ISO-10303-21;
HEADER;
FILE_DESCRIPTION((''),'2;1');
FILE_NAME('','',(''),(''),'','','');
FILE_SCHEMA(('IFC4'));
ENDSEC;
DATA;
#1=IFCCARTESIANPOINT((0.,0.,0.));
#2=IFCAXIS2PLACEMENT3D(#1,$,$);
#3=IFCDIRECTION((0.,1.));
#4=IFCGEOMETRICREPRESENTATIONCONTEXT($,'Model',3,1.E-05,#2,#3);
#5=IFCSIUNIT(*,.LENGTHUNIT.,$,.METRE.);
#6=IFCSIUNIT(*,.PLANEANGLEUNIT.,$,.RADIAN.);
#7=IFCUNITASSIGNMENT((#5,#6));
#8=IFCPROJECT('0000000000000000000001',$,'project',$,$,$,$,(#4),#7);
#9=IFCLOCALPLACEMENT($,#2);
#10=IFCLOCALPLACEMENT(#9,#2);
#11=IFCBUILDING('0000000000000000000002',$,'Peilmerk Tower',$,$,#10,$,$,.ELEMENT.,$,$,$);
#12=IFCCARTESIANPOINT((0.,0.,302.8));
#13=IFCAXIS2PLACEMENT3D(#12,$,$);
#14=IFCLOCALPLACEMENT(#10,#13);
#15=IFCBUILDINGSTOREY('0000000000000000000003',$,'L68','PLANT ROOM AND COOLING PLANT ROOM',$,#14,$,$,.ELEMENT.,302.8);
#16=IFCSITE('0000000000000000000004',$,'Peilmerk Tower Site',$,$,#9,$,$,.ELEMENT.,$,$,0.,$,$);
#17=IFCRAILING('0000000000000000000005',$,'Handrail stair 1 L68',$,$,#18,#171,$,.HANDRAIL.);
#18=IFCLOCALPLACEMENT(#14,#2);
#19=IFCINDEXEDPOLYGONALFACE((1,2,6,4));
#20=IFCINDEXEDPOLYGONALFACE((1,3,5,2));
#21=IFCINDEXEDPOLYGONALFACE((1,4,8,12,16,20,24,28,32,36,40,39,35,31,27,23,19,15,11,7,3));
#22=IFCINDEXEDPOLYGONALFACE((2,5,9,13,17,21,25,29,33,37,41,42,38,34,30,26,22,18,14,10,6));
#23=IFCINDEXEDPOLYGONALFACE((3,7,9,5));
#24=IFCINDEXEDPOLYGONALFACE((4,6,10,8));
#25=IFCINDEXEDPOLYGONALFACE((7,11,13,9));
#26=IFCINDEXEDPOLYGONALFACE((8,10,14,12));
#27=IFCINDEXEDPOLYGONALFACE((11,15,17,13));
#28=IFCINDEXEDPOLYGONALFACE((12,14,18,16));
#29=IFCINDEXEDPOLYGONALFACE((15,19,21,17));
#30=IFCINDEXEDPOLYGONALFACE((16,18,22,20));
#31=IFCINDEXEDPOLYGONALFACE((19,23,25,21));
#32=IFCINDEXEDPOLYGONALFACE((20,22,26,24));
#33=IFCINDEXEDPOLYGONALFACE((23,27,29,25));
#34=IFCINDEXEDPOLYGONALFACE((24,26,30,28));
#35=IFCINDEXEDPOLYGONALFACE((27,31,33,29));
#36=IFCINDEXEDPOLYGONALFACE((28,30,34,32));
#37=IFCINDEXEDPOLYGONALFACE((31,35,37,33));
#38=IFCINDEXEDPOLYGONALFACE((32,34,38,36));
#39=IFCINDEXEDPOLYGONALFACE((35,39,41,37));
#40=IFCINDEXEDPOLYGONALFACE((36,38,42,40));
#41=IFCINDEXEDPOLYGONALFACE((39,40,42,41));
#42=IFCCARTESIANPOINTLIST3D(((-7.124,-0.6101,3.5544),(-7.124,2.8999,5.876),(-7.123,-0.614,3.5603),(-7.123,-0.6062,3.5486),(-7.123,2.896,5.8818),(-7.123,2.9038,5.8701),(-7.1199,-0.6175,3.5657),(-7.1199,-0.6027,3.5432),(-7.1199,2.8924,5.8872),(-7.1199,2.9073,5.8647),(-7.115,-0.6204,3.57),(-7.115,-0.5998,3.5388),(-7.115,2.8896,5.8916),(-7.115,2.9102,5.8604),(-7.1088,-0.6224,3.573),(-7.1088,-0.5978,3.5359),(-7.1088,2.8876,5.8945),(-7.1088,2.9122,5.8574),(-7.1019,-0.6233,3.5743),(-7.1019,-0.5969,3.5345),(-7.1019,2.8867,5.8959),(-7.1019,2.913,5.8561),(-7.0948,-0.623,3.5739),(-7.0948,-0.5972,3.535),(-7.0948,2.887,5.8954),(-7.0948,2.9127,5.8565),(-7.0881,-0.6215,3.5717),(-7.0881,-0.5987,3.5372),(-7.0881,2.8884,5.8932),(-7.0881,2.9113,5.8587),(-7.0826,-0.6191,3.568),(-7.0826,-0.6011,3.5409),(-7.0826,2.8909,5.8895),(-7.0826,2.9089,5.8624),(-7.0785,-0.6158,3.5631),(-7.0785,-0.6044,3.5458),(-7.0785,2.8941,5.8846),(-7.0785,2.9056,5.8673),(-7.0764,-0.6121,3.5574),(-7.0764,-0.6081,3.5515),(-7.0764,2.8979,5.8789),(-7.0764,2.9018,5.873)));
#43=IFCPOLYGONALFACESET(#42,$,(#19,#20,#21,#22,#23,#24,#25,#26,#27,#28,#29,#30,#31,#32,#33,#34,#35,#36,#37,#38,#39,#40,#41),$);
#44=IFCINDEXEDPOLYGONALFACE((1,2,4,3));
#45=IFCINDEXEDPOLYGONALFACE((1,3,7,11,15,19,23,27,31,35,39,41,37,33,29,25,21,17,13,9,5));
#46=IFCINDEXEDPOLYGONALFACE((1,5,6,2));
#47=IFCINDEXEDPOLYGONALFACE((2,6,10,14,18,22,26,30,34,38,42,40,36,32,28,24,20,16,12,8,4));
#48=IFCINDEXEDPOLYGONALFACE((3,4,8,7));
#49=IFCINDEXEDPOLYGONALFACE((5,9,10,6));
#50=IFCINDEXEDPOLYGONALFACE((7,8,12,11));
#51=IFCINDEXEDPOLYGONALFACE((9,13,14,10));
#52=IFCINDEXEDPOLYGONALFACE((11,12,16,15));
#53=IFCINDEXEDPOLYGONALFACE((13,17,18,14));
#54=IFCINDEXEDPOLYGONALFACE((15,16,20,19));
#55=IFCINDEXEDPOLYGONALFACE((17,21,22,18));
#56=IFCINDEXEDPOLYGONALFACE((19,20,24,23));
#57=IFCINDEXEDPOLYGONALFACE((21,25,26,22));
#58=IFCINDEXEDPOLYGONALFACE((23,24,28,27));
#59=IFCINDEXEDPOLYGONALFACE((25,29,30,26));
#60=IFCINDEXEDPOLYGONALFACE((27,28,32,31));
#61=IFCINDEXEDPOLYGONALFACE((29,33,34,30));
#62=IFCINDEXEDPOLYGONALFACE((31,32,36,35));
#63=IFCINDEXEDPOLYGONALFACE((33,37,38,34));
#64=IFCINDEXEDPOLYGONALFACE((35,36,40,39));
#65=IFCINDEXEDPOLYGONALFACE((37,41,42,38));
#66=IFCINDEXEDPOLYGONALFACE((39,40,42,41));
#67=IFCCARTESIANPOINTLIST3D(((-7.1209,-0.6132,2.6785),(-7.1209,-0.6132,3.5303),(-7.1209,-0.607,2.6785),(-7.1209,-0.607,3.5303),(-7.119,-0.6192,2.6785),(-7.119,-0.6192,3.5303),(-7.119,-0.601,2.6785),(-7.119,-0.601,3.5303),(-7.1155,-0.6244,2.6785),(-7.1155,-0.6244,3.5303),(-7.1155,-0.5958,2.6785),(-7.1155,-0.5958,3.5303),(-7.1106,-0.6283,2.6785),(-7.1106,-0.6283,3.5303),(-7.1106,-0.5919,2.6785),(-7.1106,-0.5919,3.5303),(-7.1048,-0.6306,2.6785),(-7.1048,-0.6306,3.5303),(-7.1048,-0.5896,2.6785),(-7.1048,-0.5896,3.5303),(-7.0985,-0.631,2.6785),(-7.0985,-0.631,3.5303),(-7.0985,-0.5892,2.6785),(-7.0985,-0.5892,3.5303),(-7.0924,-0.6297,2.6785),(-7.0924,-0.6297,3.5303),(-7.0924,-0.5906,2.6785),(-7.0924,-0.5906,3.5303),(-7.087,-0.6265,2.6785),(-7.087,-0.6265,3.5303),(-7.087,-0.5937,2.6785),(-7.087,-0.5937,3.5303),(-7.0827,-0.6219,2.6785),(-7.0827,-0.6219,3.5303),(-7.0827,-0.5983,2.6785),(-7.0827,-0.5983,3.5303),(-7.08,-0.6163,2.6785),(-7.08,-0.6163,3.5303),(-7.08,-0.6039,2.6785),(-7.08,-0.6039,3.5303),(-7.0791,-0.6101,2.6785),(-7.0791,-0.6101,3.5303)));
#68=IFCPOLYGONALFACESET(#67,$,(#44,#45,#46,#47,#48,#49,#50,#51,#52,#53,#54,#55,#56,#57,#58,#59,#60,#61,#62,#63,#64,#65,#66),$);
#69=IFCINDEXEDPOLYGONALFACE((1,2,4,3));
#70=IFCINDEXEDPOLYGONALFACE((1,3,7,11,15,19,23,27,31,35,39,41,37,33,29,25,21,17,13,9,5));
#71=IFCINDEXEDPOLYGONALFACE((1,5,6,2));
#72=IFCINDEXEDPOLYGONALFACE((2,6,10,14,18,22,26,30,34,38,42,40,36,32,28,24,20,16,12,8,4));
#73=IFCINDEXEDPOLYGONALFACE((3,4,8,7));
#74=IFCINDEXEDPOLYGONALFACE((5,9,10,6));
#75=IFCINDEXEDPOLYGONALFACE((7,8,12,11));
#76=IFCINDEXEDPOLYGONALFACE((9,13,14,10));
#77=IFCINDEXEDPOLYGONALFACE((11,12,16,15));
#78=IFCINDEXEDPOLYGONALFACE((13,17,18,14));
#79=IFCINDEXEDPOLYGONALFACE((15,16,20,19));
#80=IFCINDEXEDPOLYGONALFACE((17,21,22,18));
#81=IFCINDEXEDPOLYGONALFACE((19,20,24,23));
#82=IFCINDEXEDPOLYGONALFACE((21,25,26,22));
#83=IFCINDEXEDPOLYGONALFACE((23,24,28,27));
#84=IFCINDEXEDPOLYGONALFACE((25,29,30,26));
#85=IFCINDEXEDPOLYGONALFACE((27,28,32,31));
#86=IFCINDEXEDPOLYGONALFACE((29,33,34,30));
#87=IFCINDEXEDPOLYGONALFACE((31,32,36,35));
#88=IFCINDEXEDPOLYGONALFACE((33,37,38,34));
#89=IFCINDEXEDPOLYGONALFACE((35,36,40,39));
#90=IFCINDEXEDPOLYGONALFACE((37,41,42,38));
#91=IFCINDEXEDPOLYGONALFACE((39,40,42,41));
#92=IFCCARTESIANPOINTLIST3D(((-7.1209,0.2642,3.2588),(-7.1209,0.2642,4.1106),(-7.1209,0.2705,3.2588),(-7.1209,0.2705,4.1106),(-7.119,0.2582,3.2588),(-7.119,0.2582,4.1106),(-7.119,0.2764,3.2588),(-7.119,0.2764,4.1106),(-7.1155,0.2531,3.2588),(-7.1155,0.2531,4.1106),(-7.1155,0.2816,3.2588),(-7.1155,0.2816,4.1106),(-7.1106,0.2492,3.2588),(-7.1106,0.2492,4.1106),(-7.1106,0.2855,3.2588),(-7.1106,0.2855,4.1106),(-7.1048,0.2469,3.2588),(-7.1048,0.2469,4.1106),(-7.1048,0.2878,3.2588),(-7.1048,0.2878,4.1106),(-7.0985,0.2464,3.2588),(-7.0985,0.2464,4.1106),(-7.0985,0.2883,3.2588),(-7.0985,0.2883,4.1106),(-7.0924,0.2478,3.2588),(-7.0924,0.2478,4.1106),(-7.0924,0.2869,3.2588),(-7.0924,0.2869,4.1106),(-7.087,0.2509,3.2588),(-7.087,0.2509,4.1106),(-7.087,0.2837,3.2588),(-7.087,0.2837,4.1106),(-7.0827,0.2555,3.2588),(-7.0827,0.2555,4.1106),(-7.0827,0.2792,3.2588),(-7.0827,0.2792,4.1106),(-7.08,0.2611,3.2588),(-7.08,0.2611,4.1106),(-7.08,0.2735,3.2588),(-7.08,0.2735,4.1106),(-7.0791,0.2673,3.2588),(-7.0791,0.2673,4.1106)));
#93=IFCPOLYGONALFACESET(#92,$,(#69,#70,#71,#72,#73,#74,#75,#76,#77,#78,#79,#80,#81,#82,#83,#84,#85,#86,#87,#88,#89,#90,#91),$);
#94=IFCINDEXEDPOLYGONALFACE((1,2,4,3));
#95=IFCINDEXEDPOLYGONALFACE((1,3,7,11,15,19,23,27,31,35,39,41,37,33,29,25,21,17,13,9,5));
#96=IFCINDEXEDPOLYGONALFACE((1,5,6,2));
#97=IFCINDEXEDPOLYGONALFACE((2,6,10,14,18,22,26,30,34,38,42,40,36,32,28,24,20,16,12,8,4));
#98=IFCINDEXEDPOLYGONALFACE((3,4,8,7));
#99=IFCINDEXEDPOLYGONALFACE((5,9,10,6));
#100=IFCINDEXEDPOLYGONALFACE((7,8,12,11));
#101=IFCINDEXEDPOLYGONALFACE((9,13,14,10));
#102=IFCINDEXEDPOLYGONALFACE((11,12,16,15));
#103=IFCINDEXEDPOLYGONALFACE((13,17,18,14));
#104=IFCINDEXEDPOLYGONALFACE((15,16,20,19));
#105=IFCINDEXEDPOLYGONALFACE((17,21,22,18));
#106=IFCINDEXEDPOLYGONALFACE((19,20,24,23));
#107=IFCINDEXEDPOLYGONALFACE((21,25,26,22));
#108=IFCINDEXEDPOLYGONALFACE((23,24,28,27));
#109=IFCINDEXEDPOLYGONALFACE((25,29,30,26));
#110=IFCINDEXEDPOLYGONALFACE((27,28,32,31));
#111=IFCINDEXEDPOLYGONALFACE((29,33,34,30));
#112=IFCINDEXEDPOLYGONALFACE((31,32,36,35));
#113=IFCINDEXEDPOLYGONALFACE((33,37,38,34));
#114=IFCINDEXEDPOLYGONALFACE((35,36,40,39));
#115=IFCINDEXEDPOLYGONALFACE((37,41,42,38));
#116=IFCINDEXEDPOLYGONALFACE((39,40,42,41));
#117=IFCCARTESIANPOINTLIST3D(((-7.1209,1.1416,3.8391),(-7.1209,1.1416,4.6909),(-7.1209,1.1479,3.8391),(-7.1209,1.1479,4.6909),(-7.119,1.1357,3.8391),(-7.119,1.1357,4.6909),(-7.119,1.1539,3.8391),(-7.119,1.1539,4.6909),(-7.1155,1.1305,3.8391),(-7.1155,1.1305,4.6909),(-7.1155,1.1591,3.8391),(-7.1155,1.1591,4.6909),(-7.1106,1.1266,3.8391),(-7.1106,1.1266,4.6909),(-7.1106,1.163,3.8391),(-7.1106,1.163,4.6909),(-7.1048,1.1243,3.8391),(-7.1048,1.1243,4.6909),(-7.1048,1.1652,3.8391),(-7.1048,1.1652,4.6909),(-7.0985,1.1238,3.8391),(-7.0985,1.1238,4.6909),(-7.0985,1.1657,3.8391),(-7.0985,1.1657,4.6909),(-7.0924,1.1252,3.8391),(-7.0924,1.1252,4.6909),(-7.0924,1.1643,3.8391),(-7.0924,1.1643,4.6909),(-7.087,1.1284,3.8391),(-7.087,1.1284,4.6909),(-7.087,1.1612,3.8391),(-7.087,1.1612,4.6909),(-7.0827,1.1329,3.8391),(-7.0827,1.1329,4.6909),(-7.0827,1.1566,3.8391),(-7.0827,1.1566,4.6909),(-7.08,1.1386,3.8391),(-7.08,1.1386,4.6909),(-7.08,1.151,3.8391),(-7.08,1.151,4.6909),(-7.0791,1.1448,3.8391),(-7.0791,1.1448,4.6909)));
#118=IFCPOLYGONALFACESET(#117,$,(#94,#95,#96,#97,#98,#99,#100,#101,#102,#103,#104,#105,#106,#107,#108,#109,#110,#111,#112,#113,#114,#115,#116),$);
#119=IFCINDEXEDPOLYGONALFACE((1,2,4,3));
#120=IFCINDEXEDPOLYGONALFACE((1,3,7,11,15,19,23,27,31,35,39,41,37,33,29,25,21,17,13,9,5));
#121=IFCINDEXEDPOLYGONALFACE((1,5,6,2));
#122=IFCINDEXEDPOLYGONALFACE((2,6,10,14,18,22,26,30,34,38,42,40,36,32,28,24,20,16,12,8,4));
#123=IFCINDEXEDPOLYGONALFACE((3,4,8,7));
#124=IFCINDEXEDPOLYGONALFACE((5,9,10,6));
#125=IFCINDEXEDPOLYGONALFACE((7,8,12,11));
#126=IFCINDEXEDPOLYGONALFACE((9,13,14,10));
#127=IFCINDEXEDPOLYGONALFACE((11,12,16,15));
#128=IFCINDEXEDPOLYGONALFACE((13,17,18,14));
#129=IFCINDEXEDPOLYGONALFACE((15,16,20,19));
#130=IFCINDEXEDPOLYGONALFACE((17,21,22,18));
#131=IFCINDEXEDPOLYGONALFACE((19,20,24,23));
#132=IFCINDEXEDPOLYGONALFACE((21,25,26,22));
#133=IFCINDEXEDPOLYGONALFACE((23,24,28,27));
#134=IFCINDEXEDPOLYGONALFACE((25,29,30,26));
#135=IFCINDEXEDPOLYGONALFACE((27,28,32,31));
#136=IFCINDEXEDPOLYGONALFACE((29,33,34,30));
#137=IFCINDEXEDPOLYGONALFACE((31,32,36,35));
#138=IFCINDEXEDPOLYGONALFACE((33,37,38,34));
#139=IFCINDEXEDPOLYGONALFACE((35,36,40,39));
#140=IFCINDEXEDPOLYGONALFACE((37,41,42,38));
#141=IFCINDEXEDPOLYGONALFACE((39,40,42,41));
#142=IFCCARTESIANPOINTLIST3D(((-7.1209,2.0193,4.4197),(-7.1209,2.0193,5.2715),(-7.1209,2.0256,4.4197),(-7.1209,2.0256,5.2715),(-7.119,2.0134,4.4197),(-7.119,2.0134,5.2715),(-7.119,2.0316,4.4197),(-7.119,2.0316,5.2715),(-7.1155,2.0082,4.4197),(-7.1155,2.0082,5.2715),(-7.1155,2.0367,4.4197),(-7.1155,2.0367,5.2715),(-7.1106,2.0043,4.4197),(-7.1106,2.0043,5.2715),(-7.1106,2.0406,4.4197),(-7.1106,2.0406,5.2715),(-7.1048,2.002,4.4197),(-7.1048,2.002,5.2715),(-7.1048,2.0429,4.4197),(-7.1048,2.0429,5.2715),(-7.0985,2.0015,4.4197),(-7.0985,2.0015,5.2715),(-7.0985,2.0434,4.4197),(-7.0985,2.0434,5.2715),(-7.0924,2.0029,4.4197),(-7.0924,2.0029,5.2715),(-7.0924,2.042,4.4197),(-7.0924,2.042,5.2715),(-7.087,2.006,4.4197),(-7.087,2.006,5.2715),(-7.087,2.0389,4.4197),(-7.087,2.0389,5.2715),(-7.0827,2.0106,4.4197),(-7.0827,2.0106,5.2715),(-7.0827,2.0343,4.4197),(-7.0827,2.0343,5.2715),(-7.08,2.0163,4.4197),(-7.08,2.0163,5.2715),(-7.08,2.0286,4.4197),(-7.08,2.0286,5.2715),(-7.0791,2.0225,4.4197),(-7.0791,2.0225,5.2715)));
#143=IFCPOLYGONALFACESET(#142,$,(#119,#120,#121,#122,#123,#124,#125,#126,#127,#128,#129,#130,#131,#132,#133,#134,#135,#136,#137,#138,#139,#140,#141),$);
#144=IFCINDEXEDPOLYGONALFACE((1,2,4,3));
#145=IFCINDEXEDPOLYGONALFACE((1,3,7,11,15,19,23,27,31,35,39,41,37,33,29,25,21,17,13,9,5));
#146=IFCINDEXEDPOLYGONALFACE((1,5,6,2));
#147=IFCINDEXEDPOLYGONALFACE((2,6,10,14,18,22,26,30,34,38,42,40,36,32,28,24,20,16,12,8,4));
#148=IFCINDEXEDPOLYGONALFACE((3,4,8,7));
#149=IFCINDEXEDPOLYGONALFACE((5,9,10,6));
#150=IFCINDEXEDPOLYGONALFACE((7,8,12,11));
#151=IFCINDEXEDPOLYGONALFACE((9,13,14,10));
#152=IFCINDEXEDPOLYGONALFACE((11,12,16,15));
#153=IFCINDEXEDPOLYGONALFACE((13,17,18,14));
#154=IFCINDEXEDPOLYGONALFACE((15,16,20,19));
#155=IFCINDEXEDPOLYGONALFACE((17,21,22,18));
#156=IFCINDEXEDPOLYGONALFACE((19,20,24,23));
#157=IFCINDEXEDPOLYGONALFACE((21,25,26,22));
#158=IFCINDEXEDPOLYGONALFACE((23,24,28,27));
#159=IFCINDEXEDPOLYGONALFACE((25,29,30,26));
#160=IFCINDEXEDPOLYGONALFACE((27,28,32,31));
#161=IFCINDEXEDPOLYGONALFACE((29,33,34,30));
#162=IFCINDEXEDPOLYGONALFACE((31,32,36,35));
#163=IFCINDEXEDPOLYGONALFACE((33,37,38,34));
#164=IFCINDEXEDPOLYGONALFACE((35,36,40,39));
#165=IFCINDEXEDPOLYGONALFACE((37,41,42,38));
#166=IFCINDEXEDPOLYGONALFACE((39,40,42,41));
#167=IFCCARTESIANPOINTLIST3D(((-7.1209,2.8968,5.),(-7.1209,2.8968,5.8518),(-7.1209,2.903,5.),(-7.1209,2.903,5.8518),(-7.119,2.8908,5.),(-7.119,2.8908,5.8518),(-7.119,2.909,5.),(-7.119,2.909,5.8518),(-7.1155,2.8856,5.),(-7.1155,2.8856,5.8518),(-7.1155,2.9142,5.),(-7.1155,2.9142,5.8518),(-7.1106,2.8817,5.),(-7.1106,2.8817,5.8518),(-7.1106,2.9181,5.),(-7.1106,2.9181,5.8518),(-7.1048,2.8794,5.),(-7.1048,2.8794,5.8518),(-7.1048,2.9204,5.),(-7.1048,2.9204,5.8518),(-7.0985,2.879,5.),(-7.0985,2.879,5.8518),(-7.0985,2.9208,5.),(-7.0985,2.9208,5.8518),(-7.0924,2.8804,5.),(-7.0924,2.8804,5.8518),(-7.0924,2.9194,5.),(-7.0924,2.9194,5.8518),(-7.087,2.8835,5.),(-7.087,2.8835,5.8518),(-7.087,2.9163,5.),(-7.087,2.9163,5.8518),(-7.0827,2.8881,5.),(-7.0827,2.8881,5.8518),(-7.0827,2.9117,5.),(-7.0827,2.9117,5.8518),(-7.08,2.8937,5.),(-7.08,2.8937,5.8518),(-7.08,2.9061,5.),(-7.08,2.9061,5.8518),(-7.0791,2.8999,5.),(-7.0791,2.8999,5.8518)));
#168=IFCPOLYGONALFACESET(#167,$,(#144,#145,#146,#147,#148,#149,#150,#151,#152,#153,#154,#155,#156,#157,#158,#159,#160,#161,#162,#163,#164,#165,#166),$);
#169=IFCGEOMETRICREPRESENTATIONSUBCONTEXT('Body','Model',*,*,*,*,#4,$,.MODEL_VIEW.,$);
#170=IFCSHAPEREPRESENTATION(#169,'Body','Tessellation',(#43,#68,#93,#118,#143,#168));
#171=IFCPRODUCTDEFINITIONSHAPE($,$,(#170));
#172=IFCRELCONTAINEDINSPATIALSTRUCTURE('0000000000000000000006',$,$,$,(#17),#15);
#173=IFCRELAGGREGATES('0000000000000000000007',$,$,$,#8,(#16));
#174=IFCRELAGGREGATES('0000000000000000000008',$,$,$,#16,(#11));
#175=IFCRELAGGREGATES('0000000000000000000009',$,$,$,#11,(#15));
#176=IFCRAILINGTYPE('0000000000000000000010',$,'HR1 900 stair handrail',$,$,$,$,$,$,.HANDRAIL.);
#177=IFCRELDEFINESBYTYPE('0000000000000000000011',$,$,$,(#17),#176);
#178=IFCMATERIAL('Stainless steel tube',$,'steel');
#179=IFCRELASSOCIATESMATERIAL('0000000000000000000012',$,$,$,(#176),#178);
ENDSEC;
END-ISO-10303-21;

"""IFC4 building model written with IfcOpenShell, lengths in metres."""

from ifc_helpers import new_model, si_unit, direction, frame, origin, origin_2d, place, context, subcontext, project, spatial, circle, extrude, material, type_object, element, save


model = new_model("IFC4")

# Units and contexts
model_context = context("Model", 3, precision=1e-05, world=origin(), true_north=direction((0.0, 1.0)))
body_context = subcontext(model_context, "Body", "Model", "MODEL_VIEW")
ifc_project = project(units=[si_unit("LENGTHUNIT", "METRE"), si_unit("PLANEANGLEUNIT", "RADIAN")], contexts=[model_context])

# Site, building, storey
site_placement = place(None, origin())
site = spatial("IfcSite", under=ifc_project, at=site_placement, Name="Peilmerk Tower Site", CompositionType="ELEMENT", RefElevation=0.0)
building_placement = place(site_placement, origin())
building = spatial("IfcBuilding", under=site, at=building_placement, Name="Peilmerk Tower", CompositionType="ELEMENT")
storey_placement = place(building_placement, frame((0.0, 0.0, 302.8)))
storey = spatial("IfcBuildingStorey", under=building, at=storey_placement, Name="L68", Description="PLANT ROOM AND COOLING PLANT ROOM", CompositionType="ELEMENT", Elevation=302.8)

# Railing
ifc_material_1 = material(Name="Stainless steel tube", Category="steel")
railing_type_1 = type_object("IfcRailingType", Name="HR1 900 stair handrail", PredefinedType="HANDRAIL", material=ifc_material_1)
railing_1_placement = place(storey_placement, frame((-7.1001, -0.6101, 2.6785)))
element("IfcRailing", 1, at=railing_1_placement, inside=storey, type_object=railing_type_1, Name="Handrail stair 1 L68", PredefinedType="HANDRAIL", context=body_context, shape_type="SweptSolid", body=[
    extrude(circle(Radius=0.0239, at=origin_2d()), frame((0.0, 0.0, 0.876), z_axis=(0.0, 0.834071, 0.551657), x_axis=(-1.0, 0.0, 0.0)), (0.0, 0.0, 1.0), 4.2083),
    extrude(circle(Radius=0.021, at=origin_2d()), origin(), (0.0, 0.0, 1.0), 0.8518),
    extrude(circle(Radius=0.021, at=origin_2d()), frame((0.0, 0.8774, 0.5803)), (0.0, 0.0, 1.0), 0.8518),
    extrude(circle(Radius=0.021, at=origin_2d()), frame((0.0, 1.7549, 1.1606)), (0.0, 0.0, 1.0), 0.8518),
    extrude(circle(Radius=0.021, at=origin_2d()), frame((0.0, 2.6326, 1.7412)), (0.0, 0.0, 1.0), 0.8518),
    extrude(circle(Radius=0.021, at=origin_2d()), frame((0.0, 3.51, 2.3215)), (0.0, 0.0, 1.0), 0.8518),
])

save(model, "model.ifc")
